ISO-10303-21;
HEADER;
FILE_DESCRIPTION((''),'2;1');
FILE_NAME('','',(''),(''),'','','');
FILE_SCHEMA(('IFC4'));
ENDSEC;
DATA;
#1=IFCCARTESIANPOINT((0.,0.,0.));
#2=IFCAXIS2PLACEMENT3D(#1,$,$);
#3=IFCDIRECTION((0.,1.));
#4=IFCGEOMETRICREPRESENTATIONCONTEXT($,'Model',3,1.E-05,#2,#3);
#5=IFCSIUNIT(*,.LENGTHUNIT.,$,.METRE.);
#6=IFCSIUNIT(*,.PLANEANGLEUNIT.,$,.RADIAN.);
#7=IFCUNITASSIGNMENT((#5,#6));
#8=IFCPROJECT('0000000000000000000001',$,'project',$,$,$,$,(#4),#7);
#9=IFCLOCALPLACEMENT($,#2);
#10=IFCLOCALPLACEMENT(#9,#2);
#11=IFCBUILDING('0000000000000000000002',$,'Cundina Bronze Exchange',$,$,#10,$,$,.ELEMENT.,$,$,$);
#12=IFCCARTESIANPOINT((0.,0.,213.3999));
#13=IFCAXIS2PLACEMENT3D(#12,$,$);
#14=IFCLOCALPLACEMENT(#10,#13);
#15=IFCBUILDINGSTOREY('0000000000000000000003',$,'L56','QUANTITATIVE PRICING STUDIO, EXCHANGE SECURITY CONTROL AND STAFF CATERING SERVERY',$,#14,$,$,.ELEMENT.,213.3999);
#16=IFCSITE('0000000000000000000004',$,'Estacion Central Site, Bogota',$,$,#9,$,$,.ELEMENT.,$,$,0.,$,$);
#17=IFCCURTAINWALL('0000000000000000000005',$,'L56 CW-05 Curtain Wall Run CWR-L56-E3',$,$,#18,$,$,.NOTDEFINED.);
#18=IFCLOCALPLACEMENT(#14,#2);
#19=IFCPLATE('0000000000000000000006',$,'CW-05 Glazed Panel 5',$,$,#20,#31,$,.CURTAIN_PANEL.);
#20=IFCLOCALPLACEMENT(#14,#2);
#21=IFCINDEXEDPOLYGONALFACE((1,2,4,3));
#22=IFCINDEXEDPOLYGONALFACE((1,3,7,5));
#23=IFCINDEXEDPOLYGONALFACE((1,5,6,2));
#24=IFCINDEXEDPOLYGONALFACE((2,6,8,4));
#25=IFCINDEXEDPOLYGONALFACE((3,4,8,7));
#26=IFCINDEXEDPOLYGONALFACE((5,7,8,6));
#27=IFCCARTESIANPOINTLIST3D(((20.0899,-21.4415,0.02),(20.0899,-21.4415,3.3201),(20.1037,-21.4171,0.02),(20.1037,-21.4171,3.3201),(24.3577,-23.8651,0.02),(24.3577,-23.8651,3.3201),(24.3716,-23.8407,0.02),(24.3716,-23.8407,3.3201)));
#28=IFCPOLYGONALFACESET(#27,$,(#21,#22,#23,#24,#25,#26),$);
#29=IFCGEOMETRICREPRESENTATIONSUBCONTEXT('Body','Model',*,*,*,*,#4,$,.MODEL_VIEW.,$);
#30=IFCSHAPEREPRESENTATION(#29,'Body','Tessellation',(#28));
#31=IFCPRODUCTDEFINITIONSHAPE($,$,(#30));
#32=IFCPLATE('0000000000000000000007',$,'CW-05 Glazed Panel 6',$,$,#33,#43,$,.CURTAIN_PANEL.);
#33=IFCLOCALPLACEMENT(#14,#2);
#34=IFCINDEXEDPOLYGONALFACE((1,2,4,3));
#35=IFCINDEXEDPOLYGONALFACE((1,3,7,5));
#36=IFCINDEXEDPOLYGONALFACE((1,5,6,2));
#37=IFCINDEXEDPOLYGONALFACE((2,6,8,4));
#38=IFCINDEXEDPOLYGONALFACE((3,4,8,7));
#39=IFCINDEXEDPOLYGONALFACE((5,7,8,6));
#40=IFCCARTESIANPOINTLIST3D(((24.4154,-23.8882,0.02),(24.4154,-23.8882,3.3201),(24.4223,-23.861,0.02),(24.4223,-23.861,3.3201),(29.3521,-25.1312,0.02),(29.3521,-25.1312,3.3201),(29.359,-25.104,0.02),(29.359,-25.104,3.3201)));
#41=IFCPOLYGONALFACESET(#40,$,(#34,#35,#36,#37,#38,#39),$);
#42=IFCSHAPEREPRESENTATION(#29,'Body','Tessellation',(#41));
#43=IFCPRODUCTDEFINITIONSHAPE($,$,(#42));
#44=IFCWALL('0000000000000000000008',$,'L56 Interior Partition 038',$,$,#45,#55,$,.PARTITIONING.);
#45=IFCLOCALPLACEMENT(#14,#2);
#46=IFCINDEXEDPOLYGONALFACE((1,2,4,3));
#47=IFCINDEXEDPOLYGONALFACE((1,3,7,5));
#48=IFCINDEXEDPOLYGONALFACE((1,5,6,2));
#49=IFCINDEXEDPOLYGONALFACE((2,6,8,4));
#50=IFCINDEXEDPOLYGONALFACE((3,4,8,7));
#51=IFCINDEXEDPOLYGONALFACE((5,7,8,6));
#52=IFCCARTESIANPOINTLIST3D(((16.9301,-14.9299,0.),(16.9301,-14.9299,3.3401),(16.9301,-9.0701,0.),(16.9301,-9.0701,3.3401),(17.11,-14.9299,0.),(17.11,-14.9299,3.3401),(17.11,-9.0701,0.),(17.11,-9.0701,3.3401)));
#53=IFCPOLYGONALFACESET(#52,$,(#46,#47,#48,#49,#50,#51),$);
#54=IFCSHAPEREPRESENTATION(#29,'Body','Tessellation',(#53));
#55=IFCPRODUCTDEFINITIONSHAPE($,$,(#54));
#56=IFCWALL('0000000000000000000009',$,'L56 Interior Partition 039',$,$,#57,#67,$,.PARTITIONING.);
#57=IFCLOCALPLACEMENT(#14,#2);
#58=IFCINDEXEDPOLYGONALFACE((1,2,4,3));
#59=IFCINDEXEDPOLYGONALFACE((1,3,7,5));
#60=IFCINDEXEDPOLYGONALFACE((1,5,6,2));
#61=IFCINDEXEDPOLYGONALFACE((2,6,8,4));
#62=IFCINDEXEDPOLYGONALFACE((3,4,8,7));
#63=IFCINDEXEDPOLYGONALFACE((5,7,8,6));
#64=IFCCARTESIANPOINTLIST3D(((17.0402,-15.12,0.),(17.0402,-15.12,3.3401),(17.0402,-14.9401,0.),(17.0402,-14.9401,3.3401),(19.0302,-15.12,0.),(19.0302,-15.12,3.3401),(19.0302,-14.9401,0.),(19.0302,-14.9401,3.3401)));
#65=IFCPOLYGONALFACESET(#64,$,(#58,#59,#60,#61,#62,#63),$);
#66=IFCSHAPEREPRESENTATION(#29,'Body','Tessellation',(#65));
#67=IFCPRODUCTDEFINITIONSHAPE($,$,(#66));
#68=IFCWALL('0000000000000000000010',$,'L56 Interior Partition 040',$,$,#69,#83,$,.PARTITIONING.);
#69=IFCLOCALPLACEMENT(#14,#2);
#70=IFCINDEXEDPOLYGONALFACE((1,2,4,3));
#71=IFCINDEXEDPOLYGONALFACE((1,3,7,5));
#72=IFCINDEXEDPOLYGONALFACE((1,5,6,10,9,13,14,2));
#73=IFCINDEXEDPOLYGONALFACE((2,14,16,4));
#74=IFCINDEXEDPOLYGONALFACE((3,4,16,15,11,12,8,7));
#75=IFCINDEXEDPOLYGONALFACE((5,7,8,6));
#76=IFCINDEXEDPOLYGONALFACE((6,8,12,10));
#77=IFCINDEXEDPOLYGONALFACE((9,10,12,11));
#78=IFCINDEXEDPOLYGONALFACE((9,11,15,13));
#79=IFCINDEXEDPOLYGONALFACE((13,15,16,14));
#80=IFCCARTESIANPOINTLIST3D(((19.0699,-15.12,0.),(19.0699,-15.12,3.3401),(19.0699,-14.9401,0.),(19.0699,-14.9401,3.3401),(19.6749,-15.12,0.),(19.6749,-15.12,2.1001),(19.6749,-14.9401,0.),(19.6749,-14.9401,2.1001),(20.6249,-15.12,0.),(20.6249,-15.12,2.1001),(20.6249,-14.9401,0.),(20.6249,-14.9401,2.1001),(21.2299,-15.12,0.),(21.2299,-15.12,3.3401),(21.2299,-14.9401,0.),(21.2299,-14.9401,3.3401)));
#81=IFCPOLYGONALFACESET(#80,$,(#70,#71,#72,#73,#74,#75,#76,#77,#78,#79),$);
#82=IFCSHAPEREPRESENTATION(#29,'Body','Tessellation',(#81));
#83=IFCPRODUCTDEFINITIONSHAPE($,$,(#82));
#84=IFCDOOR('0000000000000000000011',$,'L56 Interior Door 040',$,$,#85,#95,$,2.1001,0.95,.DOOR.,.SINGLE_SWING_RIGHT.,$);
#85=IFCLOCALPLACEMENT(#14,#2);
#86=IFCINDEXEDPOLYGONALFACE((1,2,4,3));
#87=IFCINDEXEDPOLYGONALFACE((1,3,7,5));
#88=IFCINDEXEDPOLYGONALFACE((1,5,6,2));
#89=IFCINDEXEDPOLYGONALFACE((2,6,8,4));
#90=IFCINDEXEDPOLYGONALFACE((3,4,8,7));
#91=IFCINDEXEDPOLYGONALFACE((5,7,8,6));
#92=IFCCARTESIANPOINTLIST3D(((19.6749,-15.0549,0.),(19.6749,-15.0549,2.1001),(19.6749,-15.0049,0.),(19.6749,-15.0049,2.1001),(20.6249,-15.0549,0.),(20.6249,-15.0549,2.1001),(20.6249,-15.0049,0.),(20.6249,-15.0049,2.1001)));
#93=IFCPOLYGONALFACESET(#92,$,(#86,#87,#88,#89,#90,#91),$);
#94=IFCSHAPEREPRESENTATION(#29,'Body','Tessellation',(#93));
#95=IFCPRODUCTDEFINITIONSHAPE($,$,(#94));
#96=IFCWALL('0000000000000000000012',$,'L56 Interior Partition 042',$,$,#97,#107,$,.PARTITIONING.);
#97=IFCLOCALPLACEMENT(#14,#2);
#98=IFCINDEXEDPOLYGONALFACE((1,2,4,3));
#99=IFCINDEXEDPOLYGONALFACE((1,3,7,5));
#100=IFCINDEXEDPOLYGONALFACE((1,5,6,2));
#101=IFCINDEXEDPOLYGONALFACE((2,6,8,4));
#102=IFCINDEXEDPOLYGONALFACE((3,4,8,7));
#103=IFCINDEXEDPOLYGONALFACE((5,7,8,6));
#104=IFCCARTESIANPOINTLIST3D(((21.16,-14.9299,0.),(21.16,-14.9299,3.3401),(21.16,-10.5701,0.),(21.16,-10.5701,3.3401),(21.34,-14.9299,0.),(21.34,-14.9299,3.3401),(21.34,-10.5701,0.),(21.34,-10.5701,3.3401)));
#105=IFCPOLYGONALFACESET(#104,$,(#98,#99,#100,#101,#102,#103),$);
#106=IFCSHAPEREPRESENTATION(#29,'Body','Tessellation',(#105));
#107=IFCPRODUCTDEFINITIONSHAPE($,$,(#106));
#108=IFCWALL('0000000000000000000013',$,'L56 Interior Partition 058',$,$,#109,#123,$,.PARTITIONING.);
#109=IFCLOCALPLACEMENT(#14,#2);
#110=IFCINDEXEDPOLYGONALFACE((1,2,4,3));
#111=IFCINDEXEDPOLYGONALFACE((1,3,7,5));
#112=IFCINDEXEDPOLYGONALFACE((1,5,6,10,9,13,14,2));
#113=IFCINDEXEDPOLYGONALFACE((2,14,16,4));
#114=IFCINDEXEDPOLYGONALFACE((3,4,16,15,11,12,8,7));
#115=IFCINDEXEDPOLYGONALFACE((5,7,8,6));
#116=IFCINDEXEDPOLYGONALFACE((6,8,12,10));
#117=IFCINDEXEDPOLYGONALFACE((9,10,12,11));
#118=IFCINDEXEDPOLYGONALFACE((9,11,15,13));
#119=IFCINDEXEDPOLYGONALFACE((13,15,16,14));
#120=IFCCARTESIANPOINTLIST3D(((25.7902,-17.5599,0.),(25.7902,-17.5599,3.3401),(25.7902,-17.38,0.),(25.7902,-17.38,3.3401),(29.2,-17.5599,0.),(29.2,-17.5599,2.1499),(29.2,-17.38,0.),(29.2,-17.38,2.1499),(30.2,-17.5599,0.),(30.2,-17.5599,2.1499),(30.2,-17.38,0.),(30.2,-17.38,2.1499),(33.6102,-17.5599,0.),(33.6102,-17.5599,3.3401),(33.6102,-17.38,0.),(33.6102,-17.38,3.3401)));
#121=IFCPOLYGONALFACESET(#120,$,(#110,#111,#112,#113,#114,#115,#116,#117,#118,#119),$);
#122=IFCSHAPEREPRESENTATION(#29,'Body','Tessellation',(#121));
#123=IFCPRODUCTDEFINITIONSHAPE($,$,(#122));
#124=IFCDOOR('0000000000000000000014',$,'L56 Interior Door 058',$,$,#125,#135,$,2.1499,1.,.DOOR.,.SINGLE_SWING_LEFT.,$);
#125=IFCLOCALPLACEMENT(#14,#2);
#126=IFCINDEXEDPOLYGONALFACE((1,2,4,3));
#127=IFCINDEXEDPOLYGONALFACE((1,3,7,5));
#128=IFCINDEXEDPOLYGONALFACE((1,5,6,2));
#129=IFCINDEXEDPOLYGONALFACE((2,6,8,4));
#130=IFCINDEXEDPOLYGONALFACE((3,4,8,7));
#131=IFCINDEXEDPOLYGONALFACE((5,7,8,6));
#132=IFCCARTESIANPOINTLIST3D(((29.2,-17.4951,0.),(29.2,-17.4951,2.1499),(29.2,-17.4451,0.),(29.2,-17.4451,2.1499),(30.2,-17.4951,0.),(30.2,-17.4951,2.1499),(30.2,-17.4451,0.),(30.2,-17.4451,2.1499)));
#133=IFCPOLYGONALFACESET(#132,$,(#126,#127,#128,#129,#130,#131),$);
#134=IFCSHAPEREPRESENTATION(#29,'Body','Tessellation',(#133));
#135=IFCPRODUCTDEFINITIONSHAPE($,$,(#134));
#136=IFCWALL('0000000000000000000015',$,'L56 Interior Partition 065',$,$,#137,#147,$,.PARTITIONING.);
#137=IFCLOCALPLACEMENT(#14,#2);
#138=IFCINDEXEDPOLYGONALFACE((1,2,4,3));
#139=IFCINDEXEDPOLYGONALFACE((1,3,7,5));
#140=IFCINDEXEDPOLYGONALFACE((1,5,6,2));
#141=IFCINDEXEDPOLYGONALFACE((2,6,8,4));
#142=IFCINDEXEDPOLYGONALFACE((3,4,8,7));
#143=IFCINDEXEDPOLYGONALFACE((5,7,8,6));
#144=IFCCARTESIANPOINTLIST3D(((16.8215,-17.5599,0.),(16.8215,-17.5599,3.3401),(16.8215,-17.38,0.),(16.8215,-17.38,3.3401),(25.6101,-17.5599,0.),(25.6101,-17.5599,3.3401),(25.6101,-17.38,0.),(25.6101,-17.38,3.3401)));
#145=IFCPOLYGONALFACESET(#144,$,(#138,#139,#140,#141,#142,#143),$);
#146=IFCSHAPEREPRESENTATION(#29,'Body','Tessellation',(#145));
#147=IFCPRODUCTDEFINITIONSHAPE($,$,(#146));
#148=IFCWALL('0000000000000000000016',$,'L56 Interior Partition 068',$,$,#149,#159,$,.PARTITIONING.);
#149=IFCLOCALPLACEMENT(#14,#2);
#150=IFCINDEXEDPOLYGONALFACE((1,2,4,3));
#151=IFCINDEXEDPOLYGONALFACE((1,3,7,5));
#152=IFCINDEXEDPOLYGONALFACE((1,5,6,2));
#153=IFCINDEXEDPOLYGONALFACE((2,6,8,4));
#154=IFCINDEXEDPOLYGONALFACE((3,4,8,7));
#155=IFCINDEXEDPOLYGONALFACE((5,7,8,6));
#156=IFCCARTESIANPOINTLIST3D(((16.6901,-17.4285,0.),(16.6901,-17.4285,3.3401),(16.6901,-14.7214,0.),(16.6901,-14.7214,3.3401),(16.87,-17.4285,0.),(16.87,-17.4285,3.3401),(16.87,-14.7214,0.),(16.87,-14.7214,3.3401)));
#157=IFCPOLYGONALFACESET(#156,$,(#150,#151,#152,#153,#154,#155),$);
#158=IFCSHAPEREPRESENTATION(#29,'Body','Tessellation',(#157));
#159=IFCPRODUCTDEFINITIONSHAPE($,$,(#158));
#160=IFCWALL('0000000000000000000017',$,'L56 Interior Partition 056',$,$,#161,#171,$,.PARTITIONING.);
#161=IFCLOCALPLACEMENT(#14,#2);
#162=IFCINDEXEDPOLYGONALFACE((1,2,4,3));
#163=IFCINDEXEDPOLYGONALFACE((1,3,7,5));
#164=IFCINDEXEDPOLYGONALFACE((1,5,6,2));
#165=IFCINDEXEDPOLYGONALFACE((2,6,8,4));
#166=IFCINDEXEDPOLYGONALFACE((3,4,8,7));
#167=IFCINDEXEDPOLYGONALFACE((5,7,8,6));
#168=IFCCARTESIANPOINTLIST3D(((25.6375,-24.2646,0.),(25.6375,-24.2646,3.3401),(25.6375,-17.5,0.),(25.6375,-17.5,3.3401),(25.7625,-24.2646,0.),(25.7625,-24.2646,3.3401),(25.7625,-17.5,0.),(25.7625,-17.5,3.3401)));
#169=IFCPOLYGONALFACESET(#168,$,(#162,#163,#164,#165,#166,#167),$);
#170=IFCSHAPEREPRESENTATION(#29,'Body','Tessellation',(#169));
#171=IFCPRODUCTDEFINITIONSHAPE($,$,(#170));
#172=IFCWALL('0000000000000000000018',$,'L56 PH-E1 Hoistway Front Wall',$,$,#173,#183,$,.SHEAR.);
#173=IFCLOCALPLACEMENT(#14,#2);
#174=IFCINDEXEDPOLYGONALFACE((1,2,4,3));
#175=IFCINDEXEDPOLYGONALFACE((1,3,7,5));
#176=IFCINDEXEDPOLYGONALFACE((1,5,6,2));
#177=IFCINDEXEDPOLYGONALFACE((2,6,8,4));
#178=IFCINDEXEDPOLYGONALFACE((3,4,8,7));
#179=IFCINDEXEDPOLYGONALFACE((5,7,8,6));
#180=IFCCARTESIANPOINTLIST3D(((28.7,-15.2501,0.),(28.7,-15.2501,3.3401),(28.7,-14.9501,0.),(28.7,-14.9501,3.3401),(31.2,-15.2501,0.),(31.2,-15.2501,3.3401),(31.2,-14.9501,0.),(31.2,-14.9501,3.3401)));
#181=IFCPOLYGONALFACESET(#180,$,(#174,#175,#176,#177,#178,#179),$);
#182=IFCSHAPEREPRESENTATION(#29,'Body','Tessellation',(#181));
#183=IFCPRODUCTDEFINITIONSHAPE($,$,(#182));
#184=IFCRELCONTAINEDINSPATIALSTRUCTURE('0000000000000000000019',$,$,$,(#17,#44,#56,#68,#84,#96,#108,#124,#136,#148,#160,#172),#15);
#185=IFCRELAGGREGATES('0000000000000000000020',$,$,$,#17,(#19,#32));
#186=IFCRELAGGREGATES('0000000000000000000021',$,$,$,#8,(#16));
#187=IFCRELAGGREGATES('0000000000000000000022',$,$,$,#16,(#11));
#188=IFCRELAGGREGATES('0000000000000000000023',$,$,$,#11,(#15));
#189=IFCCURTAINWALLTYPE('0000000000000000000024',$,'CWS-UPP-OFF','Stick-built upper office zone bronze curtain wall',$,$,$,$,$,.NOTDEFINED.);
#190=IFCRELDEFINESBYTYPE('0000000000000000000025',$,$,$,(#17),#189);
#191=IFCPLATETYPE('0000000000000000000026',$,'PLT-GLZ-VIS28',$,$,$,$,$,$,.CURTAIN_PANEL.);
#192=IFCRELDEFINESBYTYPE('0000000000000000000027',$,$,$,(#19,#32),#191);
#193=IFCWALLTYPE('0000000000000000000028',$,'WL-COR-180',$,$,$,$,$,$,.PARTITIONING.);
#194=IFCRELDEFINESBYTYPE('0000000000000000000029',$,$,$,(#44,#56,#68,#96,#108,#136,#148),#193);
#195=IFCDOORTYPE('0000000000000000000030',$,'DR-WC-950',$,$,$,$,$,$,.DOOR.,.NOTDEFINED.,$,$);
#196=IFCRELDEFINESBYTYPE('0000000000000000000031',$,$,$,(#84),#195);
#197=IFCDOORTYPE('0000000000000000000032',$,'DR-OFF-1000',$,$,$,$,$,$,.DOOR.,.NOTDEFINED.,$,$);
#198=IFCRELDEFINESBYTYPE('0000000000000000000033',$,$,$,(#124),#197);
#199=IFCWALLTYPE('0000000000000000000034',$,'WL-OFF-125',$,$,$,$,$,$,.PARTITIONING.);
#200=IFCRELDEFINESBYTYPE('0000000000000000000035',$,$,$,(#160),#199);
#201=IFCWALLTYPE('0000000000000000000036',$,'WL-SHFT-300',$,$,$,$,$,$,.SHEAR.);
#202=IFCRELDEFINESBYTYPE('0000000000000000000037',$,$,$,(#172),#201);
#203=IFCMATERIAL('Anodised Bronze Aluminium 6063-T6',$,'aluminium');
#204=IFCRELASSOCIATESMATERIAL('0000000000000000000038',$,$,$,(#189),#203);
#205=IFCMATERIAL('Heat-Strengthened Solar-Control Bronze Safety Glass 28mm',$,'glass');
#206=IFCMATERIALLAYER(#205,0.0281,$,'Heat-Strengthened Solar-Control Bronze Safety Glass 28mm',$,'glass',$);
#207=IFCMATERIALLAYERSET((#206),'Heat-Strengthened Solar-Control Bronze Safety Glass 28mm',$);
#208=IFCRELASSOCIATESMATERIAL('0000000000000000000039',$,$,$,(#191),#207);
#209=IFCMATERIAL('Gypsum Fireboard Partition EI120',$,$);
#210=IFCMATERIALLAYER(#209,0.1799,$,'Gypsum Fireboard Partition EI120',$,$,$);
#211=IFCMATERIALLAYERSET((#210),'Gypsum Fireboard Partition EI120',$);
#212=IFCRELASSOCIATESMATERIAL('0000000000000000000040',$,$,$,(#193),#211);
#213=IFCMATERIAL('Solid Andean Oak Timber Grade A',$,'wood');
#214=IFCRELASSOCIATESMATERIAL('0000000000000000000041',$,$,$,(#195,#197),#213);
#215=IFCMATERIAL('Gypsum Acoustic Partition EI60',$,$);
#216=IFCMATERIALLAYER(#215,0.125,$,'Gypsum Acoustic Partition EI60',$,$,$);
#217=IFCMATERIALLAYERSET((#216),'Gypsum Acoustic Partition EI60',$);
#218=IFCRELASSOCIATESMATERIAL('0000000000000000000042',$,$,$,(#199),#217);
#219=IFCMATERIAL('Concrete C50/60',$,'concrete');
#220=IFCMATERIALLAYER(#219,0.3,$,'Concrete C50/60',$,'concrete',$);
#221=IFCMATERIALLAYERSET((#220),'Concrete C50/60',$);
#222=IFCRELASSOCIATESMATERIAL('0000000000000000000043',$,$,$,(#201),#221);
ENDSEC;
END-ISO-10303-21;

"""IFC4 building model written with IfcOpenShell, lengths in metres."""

from ifc_helpers import new_model, si_unit, direction, frame, frame_2d, origin, origin_2d, place, context, subcontext, project, spatial, rectangle, extrude, material, layer, layer_set, type_object, element, fill, aggregate, save


model = new_model("IFC4")

# Units and contexts
model_context = context("Model", 3, precision=1e-05, world=origin(), true_north=direction((0.0, 1.0)))
body_context = subcontext(model_context, "Body", "Model", "MODEL_VIEW")
ifc_project = project(units=[si_unit("LENGTHUNIT", "METRE"), si_unit("PLANEANGLEUNIT", "RADIAN")], contexts=[model_context])

# Site, building, storey
site_placement = place(None, origin())
site = spatial("IfcSite", under=ifc_project, at=site_placement, Name="Estacion Central Site, Bogota", CompositionType="ELEMENT", RefElevation=0.0)
building_placement = place(site_placement, origin())
building = spatial("IfcBuilding", under=site, at=building_placement, Name="Cundina Bronze Exchange", CompositionType="ELEMENT")
storey_placement = place(building_placement, frame((0.0, 0.0, 213.3999)))
storey = spatial("IfcBuildingStorey", under=building, at=storey_placement, Name="L56", Description="QUANTITATIVE PRICING STUDIO, EXCHANGE SECURITY CONTROL AND STAFF CATERING SERVERY", CompositionType="ELEMENT", Elevation=213.3999)

# Shared definitions
ifc_material_1 = material(Name="Concrete C50/60", Category="concrete")

# Curtain wall, plates
ifc_material_2 = material(Name="Anodised Bronze Aluminium 6063-T6", Category="aluminium")
curtain_wall_type = type_object("IfcCurtainWallType", Name="CWS-UPP-OFF", Description="Stick-built upper office zone bronze curtain wall", PredefinedType="NOTDEFINED", material=ifc_material_2)
curtain_wall_placement = place(storey_placement, origin())
curtain_wall = element("IfcCurtainWall", 1, at=curtain_wall_placement, inside=storey, type_object=curtain_wall_type, Name="L56 CW-05 Curtain Wall Run CWR-L56-E3", PredefinedType="NOTDEFINED")
ifc_material_3 = material(Name="Heat-Strengthened Solar-Control Bronze Safety Glass 28mm", Category="glass")
ifc_layer_1 = layer(ifc_material_3, 0.0281, Name="Heat-Strengthened Solar-Control Bronze Safety Glass 28mm", Category="glass")
ifc_layer_set_1 = layer_set([ifc_layer_1], Name="Heat-Strengthened Solar-Control Bronze Safety Glass 28mm")
plate_type = type_object("IfcPlateType", Name="PLT-GLZ-VIS28", PredefinedType="CURTAIN_PANEL", material=ifc_layer_set_1)
plate_1_placement = place(storey_placement, frame((22.2307, -22.6411, 0.02), z_axis=(0.0, 0.0, 1.0), x_axis=(0.869573, -0.493805, 0.0)))
plate_1 = element("IfcPlate", 2, at=plate_1_placement, type_object=plate_type, Name="CW-05 Glazed Panel 5", PredefinedType="CURTAIN_PANEL", context=body_context, shape_type="SweptSolid", body=[
    extrude(rectangle(XDim=4.908, YDim=0.0281, at=origin_2d()), origin(), (0.0, 0.0, 1.0), 3.3),
])
plate_2_placement = place(storey_placement, frame((26.8872, -24.4961, 0.02), z_axis=(0.0, 0.0, 1.0), x_axis=(0.969732, -0.244174, 0.0)))
plate_2 = element("IfcPlate", 3, at=plate_2_placement, type_object=plate_type, Name="CW-05 Glazed Panel 6", PredefinedType="CURTAIN_PANEL", context=body_context, shape_type="SweptSolid", body=[
    extrude(rectangle(XDim=5.0908, YDim=0.0281, at=origin_2d()), origin(), (0.0, 0.0, 1.0), 3.3),
])
aggregate(curtain_wall, [plate_1, plate_2])

# Walls
ifc_material_4 = material(Name="Gypsum Fireboard Partition EI120")
ifc_layer_2 = layer(ifc_material_4, 0.1799, Name="Gypsum Fireboard Partition EI120")
ifc_layer_set_2 = layer_set([ifc_layer_2], Name="Gypsum Fireboard Partition EI120")
wall_type_1 = type_object("IfcWallType", Name="WL-COR-180", PredefinedType="PARTITIONING", material=ifc_layer_set_2)
wall_1_placement = place(storey_placement, frame((17.02, -14.9299, 0.0), z_axis=(0.0, 0.0, 1.0), x_axis=(0.0, 1.0, 0.0)))
element("IfcWall", 4, at=wall_1_placement, inside=storey, type_object=wall_type_1, Name="L56 Interior Partition 038", PredefinedType="PARTITIONING", context=body_context, shape_type="SweptSolid", body=[
    extrude(rectangle(XDim=5.8599, YDim=0.1799, at=frame_2d((2.9299, 0.0))), origin(), (0.0, 0.0, 1.0), 3.3401),
])
wall_2_placement = place(storey_placement, frame((17.04, -15.03, 0.0), z_axis=(0.0, 0.0, 1.0), x_axis=(1.0, 0.0, 0.0)))
element("IfcWall", 5, at=wall_2_placement, inside=storey, type_object=wall_type_1, Name="L56 Interior Partition 039", PredefinedType="PARTITIONING", context=body_context, shape_type="SweptSolid", body=[
    extrude(rectangle(XDim=1.99, YDim=0.1799, at=frame_2d((0.9951, 0.0))), origin(), (0.0, 0.0, 1.0), 3.3401),
])

# Wall, opening, door
wall_3_placement = place(storey_placement, frame((21.23, -15.03, 0.0), z_axis=(0.0, 0.0, 1.0), x_axis=(-1.0, 0.0, 0.0)))
wall_3 = element("IfcWall", 6, at=wall_3_placement, inside=storey, type_object=wall_type_1, Name="L56 Interior Partition 040", PredefinedType="PARTITIONING", context=body_context, shape_type="SweptSolid", body=[
    extrude(rectangle(XDim=2.1599, YDim=0.1799, at=frame_2d((1.0801, 0.0))), origin(), (0.0, 0.0, 1.0), 3.3401),
])
opening_1_placement = place(wall_3_placement, frame((0.605, 0.0, 0.0)))
opening_1 = element("IfcOpeningElement", 7, at=opening_1_placement, cuts=wall_3, PredefinedType="OPENING", context=body_context, shape_type="SweptSolid", body=[
    extrude(rectangle(XDim=0.95, YDim=2.1001, at=frame_2d((0.4751, 1.05))), frame((0.0, 0.0999, 0.0), z_axis=(0.0, -1.0, 0.0), x_axis=(1.0, 0.0, 0.0)), (0.0, 0.0, 1.0), 0.2),
])
ifc_material_5 = material(Name="Solid Andean Oak Timber Grade A", Category="wood")
door_type_1 = type_object("IfcDoorType", Name="DR-WC-950", OperationType="NOTDEFINED", PredefinedType="DOOR", material=ifc_material_5)
door_1_placement = place(opening_1_placement, origin())
door_1 = element("IfcDoor", 8, at=door_1_placement, inside=storey, type_object=door_type_1, Name="L56 Interior Door 040", OperationType="SINGLE_SWING_RIGHT", OverallHeight=2.1001, OverallWidth=0.95, PredefinedType="DOOR", context=body_context, shape_type="SweptSolid", body=[
    extrude(rectangle(XDim=0.95, YDim=2.1001, at=frame_2d((0.4751, 1.05))), frame((0.0, 0.0249, 0.0), z_axis=(0.0, -1.0, 0.0), x_axis=(1.0, 0.0, 0.0)), (0.0, 0.0, 1.0), 0.05),
])
fill(opening_1, door_1)

# Wall
wall_4_placement = place(storey_placement, frame((21.25, -14.9299, 0.0), z_axis=(0.0, 0.0, 1.0), x_axis=(0.0, 1.0, 0.0)))
element("IfcWall", 9, at=wall_4_placement, inside=storey, type_object=wall_type_1, Name="L56 Interior Partition 042", PredefinedType="PARTITIONING", context=body_context, shape_type="SweptSolid", body=[
    extrude(rectangle(XDim=4.3599, YDim=0.1799, at=frame_2d((2.1799, 0.0))), origin(), (0.0, 0.0, 1.0), 3.3401),
])

# Wall, opening, door
wall_5_placement = place(storey_placement, frame((25.79, -17.47, 0.0), z_axis=(0.0, 0.0, 1.0), x_axis=(1.0, 0.0, 0.0)))
wall_5 = element("IfcWall", 10, at=wall_5_placement, inside=storey, type_object=wall_type_1, Name="L56 Interior Partition 058", PredefinedType="PARTITIONING", context=body_context, shape_type="SweptSolid", body=[
    extrude(rectangle(XDim=7.8201, YDim=0.1799, at=frame_2d((3.9102, 0.0))), origin(), (0.0, 0.0, 1.0), 3.3401),
])
opening_2_placement = place(wall_5_placement, frame((3.4099, 0.0, 0.0)))
opening_2 = element("IfcOpeningElement", 11, at=opening_2_placement, cuts=wall_5, PredefinedType="OPENING", context=body_context, shape_type="SweptSolid", body=[
    extrude(rectangle(XDim=1.0, YDim=2.1499, at=frame_2d((0.5, 1.075))), frame((0.0, 0.0999, 0.0), z_axis=(0.0, -1.0, 0.0), x_axis=(1.0, 0.0, 0.0)), (0.0, 0.0, 1.0), 0.2),
])
door_type_2 = type_object("IfcDoorType", Name="DR-OFF-1000", OperationType="NOTDEFINED", PredefinedType="DOOR", material=ifc_material_5)
door_2_placement = place(opening_2_placement, origin())
door_2 = element("IfcDoor", 12, at=door_2_placement, inside=storey, type_object=door_type_2, Name="L56 Interior Door 058", OperationType="SINGLE_SWING_LEFT", OverallHeight=2.1499, OverallWidth=1.0, PredefinedType="DOOR", context=body_context, shape_type="SweptSolid", body=[
    extrude(rectangle(XDim=1.0, YDim=2.1499, at=frame_2d((0.5, 1.075))), frame((0.0, 0.0249, 0.0), z_axis=(0.0, -1.0, 0.0), x_axis=(1.0, 0.0, 0.0)), (0.0, 0.0, 1.0), 0.05),
])
fill(opening_2, door_2)

# Walls
wall_6_placement = place(storey_placement, frame((16.8215, -17.47, 0.0), z_axis=(0.0, 0.0, 1.0), x_axis=(1.0, 0.0, 0.0)))
element("IfcWall", 13, at=wall_6_placement, inside=storey, type_object=wall_type_1, Name="L56 Interior Partition 065", PredefinedType="PARTITIONING", context=body_context, shape_type="SweptSolid", body=[
    extrude(rectangle(XDim=8.7886, YDim=0.1799, at=frame_2d((4.3943, 0.0))), origin(), (0.0, 0.0, 1.0), 3.3401),
])
wall_7_placement = place(storey_placement, frame((16.78, -14.7214, 0.0), z_axis=(0.0, 0.0, 1.0), x_axis=(0.0, -1.0, 0.0)))
element("IfcWall", 14, at=wall_7_placement, inside=storey, type_object=wall_type_1, Name="L56 Interior Partition 068", PredefinedType="PARTITIONING", context=body_context, shape_type="SweptSolid", body=[
    extrude(rectangle(XDim=2.707, YDim=0.1799, at=frame_2d((1.3535, 0.0))), origin(), (0.0, 0.0, 1.0), 3.3401),
])
ifc_material_6 = material(Name="Gypsum Acoustic Partition EI60")
ifc_layer_3 = layer(ifc_material_6, 0.125, Name="Gypsum Acoustic Partition EI60")
ifc_layer_set_3 = layer_set([ifc_layer_3], Name="Gypsum Acoustic Partition EI60")
wall_type_2 = type_object("IfcWallType", Name="WL-OFF-125", PredefinedType="PARTITIONING", material=ifc_layer_set_3)
wall_8_placement = place(storey_placement, frame((25.7, -24.2646, 0.0), z_axis=(0.0, 0.0, 1.0), x_axis=(0.0, 1.0, 0.0)))
element("IfcWall", 15, at=wall_8_placement, inside=storey, type_object=wall_type_2, Name="L56 Interior Partition 056", PredefinedType="PARTITIONING", context=body_context, shape_type="SweptSolid", body=[
    extrude(rectangle(XDim=6.7646, YDim=0.125, at=frame_2d((3.3823, 0.0))), origin(), (0.0, 0.0, 1.0), 3.3401),
])
ifc_layer_4 = layer(ifc_material_1, 0.3, Name="Concrete C50/60", Category="concrete")
ifc_layer_set_4 = layer_set([ifc_layer_4], Name="Concrete C50/60")
wall_type_3 = type_object("IfcWallType", Name="WL-SHFT-300", PredefinedType="SHEAR", material=ifc_layer_set_4)
wall_9_placement = place(storey_placement, frame((28.7, -15.1001, 0.0), z_axis=(0.0, 0.0, 1.0), x_axis=(1.0, 0.0, 0.0)))
element("IfcWall", 16, at=wall_9_placement, inside=storey, type_object=wall_type_3, Name="L56 PH-E1 Hoistway Front Wall", PredefinedType="SHEAR", context=body_context, shape_type="SweptSolid", body=[
    extrude(rectangle(XDim=2.5, YDim=0.3, at=frame_2d((1.25, 0.0))), origin(), (0.0, 0.0, 1.0), 3.3401),
])

save(model, "model.ifc")
